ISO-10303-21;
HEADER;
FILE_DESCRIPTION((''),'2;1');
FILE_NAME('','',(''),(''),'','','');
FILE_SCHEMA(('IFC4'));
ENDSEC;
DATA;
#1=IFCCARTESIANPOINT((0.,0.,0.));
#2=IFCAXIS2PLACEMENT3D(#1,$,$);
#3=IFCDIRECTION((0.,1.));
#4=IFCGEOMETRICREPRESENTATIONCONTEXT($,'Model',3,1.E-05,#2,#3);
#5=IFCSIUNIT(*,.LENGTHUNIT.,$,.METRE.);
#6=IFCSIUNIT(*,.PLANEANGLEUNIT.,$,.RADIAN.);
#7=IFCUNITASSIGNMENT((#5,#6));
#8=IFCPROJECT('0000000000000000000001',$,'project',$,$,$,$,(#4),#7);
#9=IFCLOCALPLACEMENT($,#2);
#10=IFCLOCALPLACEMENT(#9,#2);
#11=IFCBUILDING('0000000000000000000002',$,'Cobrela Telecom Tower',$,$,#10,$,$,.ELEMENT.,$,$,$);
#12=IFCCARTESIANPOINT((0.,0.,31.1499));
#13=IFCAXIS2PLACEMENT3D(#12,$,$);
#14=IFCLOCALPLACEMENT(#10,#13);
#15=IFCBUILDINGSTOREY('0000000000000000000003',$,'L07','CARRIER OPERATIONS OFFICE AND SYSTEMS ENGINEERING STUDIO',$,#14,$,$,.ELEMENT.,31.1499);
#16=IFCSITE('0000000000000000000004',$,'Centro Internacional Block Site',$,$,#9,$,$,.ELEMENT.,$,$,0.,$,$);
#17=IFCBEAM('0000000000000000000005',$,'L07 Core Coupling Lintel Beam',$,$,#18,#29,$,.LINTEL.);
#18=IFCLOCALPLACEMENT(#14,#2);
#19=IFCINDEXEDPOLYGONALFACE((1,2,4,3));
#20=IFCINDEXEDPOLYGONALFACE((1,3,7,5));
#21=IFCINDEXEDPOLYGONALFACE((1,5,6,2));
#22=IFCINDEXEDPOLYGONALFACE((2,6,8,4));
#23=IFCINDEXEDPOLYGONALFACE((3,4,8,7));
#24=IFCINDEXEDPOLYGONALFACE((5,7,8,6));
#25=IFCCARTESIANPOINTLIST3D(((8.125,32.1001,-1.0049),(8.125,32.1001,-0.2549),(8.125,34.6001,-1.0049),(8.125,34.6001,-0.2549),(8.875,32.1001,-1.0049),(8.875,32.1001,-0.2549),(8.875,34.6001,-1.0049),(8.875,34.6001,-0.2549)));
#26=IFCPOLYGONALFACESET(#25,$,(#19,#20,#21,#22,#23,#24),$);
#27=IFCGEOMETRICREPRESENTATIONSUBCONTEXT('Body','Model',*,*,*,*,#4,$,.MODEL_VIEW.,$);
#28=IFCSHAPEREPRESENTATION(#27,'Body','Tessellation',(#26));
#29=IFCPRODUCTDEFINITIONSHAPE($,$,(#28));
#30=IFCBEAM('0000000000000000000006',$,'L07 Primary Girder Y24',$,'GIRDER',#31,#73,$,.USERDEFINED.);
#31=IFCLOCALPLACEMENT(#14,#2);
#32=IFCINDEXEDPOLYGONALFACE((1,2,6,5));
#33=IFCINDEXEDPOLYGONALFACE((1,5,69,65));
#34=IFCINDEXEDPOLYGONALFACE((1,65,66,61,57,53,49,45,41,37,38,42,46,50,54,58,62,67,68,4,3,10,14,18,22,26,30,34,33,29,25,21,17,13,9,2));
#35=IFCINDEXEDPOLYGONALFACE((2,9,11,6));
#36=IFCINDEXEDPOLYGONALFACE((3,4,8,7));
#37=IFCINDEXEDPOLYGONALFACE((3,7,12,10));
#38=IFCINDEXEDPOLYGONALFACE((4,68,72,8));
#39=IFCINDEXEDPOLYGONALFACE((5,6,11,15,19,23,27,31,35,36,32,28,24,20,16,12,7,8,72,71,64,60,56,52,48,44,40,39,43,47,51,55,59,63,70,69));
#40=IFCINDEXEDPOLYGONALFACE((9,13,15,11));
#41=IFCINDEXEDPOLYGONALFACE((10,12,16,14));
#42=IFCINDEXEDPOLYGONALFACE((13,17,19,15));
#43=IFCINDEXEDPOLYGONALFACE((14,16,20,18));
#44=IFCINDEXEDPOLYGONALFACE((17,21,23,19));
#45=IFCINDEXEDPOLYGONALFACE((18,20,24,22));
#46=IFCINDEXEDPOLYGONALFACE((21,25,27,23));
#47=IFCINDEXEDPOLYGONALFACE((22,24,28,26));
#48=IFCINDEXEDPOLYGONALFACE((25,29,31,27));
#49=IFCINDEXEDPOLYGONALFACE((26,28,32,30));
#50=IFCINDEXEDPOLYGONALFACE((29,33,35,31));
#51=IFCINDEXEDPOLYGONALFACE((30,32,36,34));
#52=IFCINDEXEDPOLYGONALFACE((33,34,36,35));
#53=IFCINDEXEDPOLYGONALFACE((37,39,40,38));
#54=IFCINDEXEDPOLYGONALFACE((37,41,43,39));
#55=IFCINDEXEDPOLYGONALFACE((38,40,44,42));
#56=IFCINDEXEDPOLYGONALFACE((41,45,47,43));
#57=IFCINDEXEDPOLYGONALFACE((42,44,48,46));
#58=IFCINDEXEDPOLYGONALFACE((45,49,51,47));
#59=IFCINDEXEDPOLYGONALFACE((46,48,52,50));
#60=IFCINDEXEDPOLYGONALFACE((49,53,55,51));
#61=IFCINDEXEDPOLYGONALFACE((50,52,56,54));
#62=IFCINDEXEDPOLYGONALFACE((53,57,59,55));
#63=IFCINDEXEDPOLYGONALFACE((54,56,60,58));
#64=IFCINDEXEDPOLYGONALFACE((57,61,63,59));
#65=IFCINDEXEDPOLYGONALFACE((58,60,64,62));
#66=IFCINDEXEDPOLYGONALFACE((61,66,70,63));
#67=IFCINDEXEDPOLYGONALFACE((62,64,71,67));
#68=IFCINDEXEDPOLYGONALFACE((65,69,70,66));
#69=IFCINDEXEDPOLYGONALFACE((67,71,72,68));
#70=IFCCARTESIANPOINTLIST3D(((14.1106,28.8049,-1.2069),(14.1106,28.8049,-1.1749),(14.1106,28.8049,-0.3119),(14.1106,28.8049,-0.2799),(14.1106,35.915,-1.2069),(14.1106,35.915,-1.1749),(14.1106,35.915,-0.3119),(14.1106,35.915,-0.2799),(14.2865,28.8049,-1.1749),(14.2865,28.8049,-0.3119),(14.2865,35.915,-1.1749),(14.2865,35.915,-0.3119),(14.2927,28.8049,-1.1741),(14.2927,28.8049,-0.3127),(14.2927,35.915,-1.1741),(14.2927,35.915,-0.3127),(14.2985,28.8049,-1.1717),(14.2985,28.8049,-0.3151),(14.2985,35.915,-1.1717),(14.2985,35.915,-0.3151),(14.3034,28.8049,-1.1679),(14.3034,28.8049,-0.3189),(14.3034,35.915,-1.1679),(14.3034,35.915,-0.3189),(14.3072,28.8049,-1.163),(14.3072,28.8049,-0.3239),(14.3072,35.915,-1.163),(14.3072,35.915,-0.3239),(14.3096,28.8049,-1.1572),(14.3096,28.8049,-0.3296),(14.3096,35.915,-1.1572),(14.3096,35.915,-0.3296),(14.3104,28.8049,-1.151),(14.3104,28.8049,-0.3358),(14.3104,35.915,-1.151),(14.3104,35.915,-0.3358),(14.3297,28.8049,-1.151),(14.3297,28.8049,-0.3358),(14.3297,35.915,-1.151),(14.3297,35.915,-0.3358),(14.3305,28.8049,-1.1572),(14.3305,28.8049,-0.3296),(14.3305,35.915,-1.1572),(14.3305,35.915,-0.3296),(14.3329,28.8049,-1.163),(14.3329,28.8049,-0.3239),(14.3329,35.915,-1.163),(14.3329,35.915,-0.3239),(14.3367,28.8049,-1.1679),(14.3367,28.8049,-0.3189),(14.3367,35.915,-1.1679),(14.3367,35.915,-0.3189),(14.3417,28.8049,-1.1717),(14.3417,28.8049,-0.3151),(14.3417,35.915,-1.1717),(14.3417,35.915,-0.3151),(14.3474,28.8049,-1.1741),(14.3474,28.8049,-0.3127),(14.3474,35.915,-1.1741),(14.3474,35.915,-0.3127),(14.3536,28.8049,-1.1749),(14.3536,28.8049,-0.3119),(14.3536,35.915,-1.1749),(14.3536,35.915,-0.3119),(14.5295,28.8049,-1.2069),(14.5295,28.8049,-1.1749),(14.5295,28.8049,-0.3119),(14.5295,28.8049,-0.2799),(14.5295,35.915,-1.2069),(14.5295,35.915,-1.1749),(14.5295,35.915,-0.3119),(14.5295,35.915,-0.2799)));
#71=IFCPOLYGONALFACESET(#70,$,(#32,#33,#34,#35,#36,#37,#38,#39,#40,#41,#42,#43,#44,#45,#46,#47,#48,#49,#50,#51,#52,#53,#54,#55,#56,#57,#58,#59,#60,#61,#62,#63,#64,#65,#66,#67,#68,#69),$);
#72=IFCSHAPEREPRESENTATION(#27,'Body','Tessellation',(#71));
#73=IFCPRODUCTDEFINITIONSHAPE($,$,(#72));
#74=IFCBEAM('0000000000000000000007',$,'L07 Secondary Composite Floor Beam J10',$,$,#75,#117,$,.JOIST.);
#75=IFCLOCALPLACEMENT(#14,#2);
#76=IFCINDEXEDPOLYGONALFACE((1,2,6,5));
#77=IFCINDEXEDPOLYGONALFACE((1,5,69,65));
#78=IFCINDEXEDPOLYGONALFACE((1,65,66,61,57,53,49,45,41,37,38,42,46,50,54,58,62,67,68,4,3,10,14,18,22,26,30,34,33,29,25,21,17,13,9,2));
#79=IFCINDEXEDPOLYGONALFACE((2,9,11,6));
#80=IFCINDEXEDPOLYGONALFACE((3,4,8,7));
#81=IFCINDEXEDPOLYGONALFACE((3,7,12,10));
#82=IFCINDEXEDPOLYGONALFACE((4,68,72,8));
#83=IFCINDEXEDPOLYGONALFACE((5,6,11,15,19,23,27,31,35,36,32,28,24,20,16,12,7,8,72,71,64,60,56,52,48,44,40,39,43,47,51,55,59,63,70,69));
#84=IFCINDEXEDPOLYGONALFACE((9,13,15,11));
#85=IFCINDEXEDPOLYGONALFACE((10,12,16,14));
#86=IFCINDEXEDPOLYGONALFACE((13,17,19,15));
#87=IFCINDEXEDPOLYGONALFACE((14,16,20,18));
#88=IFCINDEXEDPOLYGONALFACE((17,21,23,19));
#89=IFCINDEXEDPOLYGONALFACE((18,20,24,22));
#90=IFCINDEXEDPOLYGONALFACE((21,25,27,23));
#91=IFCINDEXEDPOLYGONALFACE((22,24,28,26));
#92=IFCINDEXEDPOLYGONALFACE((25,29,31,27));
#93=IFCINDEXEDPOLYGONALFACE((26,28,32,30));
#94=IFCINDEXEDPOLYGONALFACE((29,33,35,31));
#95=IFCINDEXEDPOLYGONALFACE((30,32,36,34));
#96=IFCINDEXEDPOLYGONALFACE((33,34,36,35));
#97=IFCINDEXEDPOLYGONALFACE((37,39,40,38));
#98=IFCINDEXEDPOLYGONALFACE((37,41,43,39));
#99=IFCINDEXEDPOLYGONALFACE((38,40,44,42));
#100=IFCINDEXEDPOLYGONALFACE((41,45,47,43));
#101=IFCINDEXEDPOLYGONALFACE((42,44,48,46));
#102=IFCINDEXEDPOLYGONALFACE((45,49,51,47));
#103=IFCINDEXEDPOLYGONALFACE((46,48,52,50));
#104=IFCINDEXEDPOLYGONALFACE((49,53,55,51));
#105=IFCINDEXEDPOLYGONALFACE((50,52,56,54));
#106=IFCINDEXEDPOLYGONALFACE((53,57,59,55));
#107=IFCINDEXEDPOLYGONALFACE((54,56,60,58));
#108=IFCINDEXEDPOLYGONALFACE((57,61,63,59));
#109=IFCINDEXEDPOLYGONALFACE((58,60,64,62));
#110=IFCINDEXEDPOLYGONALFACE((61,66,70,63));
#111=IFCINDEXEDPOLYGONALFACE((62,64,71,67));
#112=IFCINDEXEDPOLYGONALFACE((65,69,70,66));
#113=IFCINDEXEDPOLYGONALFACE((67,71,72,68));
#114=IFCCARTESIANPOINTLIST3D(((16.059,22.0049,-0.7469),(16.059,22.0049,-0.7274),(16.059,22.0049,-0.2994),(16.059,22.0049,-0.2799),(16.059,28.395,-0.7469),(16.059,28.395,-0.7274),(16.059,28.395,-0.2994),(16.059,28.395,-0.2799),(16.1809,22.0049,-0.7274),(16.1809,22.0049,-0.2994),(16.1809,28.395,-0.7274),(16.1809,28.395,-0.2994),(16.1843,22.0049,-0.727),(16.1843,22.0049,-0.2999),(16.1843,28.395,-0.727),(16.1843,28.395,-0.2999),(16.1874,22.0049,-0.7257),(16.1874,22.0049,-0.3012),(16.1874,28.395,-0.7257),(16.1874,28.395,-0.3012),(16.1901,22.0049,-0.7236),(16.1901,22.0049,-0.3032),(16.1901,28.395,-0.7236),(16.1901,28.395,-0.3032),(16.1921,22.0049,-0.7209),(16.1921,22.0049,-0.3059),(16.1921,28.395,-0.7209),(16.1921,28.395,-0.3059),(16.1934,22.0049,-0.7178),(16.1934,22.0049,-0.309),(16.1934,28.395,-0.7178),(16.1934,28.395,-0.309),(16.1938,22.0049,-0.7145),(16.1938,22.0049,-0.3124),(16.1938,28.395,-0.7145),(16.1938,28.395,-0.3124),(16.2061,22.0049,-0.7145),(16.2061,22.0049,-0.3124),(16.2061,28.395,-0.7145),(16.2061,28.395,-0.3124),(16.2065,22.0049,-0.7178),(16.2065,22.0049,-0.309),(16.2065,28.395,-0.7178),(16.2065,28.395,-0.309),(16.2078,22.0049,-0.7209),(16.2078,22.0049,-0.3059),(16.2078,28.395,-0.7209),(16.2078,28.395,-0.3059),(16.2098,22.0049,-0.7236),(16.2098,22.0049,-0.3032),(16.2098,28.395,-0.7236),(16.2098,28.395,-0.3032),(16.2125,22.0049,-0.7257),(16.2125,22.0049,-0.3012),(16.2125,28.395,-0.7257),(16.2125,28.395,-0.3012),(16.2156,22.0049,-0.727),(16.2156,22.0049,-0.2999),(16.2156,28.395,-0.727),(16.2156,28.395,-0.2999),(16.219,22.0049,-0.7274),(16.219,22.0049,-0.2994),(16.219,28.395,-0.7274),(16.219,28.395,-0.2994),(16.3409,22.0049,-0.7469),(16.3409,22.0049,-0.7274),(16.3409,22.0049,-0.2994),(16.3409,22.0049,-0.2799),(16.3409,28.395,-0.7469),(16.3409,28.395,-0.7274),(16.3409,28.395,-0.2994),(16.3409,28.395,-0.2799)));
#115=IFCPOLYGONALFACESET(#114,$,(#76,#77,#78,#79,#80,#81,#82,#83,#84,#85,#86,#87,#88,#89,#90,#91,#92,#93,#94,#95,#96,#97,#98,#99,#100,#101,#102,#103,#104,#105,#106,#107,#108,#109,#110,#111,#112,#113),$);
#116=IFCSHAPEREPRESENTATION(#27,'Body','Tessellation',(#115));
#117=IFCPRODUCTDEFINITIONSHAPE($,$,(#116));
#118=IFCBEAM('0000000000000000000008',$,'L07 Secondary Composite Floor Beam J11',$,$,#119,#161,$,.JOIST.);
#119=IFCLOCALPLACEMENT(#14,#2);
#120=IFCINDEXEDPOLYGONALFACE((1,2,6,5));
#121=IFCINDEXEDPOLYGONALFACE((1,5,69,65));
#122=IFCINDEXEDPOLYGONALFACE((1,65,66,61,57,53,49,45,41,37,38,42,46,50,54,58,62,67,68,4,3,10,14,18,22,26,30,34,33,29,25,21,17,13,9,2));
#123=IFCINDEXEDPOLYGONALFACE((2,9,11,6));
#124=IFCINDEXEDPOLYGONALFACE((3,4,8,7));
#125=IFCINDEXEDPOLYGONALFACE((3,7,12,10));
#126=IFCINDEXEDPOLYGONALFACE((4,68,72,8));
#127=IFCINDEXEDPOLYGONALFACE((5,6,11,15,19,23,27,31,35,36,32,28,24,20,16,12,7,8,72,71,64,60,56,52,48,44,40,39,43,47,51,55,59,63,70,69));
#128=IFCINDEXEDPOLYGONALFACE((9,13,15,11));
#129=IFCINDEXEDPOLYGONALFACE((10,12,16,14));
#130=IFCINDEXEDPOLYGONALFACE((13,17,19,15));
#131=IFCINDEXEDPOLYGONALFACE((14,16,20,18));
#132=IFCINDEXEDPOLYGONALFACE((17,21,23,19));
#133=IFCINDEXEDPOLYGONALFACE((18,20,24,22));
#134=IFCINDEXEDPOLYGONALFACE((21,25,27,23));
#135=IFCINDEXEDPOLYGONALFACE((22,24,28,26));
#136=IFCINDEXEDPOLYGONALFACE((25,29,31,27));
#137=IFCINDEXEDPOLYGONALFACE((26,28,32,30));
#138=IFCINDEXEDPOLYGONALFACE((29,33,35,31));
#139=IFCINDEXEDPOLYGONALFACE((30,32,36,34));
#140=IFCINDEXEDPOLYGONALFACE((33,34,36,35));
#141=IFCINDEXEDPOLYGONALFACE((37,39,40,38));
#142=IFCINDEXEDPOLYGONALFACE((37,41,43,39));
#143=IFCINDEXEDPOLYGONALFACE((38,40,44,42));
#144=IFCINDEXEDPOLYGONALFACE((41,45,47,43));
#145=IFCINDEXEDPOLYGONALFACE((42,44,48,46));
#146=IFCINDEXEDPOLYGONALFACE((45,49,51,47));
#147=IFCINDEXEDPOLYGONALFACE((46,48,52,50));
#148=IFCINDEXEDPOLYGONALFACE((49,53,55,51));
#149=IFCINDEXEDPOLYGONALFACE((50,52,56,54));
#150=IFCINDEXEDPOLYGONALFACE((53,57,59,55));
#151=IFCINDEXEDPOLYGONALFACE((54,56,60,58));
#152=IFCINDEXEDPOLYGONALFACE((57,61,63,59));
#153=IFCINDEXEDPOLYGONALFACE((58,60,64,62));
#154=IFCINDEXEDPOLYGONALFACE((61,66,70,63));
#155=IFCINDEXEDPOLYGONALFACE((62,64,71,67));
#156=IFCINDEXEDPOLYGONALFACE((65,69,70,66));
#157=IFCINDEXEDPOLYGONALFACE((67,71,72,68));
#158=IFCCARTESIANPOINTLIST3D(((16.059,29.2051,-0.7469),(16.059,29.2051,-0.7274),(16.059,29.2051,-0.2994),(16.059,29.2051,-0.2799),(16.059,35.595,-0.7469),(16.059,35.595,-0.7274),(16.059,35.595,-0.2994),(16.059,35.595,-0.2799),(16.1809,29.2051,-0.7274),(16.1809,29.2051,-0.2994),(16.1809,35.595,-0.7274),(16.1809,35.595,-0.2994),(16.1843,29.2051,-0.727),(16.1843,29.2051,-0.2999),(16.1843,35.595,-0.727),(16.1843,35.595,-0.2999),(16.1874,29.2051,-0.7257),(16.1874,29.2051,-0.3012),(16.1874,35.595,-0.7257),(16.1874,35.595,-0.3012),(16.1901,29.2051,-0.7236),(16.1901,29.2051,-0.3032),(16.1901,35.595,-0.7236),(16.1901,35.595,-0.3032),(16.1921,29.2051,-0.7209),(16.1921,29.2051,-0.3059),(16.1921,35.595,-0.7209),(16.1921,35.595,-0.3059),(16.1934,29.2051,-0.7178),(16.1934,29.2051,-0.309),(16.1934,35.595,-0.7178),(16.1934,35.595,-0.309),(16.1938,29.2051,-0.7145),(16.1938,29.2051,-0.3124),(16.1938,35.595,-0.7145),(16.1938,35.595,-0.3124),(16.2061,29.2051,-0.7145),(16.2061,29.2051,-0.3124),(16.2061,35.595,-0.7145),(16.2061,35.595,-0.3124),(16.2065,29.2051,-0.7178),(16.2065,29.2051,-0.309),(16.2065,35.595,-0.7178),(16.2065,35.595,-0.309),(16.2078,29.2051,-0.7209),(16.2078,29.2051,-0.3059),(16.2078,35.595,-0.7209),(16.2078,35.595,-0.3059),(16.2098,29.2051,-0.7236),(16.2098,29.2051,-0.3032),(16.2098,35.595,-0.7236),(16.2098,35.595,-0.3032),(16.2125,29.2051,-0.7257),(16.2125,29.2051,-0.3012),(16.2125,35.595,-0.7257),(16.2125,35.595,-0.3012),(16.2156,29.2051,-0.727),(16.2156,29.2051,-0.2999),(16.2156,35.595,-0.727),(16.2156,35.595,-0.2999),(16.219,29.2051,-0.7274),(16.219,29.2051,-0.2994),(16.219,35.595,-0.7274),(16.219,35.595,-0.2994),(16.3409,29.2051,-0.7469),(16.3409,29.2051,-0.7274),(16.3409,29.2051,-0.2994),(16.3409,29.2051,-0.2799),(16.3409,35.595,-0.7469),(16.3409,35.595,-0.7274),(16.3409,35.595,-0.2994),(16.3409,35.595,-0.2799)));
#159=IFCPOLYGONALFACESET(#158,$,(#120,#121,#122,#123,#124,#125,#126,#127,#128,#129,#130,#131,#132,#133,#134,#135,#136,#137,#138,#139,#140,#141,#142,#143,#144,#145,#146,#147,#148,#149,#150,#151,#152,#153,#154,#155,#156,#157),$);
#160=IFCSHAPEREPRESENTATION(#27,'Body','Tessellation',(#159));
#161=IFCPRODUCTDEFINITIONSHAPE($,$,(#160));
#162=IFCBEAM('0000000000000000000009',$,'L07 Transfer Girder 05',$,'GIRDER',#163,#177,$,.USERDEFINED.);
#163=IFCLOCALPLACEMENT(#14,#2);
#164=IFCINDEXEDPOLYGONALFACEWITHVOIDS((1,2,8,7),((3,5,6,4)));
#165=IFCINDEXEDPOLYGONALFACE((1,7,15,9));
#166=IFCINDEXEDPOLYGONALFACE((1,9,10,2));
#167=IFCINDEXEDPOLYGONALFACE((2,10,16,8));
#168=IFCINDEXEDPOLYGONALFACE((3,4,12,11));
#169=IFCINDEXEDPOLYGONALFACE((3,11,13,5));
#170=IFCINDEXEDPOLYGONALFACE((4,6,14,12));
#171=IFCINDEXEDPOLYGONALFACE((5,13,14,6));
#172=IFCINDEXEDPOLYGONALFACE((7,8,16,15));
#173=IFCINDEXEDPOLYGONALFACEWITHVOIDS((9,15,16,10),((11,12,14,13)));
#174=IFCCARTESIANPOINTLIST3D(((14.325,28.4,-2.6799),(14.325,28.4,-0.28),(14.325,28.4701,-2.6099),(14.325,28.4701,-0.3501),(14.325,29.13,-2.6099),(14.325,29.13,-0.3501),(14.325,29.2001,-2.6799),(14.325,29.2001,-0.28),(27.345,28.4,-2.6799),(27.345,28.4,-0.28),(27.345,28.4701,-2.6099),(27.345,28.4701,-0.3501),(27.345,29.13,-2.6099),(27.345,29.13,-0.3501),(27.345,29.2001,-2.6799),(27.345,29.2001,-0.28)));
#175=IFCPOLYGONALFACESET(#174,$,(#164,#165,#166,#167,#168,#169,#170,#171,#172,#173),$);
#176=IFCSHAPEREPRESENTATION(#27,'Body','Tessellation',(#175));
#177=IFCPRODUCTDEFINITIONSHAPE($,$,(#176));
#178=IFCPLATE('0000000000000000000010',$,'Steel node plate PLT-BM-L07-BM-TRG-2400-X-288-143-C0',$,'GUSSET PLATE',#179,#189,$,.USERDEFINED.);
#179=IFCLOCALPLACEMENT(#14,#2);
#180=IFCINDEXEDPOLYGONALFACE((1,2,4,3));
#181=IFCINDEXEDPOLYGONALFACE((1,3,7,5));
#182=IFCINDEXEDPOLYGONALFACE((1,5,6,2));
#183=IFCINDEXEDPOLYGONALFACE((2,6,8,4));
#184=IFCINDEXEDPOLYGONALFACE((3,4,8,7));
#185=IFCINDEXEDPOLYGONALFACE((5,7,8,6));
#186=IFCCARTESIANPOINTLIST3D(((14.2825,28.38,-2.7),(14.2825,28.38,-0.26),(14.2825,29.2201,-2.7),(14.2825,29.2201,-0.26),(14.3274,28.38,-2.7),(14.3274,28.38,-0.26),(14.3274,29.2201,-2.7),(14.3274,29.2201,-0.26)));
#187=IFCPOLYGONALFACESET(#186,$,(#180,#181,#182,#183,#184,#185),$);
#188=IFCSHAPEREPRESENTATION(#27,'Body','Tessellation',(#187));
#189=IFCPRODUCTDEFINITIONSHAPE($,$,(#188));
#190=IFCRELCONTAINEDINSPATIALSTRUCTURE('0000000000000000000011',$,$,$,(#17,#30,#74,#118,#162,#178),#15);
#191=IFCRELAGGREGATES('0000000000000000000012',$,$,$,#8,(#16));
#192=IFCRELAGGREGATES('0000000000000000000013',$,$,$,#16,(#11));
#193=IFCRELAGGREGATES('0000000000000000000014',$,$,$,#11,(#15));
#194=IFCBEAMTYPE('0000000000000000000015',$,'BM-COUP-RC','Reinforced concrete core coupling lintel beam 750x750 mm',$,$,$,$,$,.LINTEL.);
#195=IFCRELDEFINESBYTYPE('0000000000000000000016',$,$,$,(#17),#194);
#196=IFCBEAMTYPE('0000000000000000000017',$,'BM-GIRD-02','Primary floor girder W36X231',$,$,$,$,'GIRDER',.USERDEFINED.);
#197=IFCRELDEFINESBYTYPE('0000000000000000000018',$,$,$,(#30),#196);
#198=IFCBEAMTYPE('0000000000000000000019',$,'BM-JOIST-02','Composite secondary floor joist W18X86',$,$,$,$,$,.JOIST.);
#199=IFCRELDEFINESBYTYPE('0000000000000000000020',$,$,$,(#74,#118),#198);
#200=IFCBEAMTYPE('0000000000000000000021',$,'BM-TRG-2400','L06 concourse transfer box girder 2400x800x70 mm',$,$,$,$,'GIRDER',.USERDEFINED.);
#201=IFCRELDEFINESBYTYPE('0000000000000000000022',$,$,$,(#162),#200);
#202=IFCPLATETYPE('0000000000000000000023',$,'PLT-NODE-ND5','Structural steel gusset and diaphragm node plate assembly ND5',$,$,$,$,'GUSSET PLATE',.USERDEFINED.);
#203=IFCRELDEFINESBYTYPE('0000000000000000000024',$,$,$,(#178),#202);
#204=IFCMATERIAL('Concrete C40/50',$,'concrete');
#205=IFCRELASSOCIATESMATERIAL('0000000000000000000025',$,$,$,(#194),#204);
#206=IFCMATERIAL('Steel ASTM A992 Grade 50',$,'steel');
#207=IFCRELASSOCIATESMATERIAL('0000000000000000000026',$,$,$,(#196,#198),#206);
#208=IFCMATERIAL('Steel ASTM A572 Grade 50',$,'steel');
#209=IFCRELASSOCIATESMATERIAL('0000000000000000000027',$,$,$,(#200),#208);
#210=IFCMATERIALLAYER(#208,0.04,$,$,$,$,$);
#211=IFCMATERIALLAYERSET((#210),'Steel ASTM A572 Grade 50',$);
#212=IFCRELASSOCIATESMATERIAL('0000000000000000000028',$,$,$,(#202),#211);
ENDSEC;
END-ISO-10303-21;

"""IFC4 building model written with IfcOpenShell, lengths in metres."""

from ifc_helpers import new_model, si_unit, direction, frame, origin, origin_2d, place, context, subcontext, project, spatial, rectangle, hollow_rectangle, i_section, extrude, material, layer, layer_set, material_profile, profile_set, type_object, element, save


model = new_model("IFC4")

# Units and contexts
model_context = context("Model", 3, precision=1e-05, world=origin(), true_north=direction((0.0, 1.0)))
body_context = subcontext(model_context, "Body", "Model", "MODEL_VIEW")
ifc_project = project(units=[si_unit("LENGTHUNIT", "METRE"), si_unit("PLANEANGLEUNIT", "RADIAN")], contexts=[model_context])

# Site, building, storey
site_placement = place(None, origin())
site = spatial("IfcSite", under=ifc_project, at=site_placement, Name="Centro Internacional Block Site", CompositionType="ELEMENT", RefElevation=0.0)
building_placement = place(site_placement, origin())
building = spatial("IfcBuilding", under=site, at=building_placement, Name="Cobrela Telecom Tower", CompositionType="ELEMENT")
storey_placement = place(building_placement, frame((0.0, 0.0, 31.1499)))
storey = spatial("IfcBuildingStorey", under=building, at=storey_placement, Name="L07", Description="CARRIER OPERATIONS OFFICE AND SYSTEMS ENGINEERING STUDIO", CompositionType="ELEMENT", Elevation=31.1499)

# Beams
ifc_material_1 = material(Name="Concrete C40/50", Category="concrete")
ifc_material_profile_1 = material_profile(ifc_material_1, rectangle(XDim=0.75, YDim=0.75, at=origin_2d()), Name="RC 750x750")
ifc_profile_set_1 = profile_set([ifc_material_profile_1], Name="Concrete C40/50")
beam_type_1 = type_object("IfcBeamType", Name="BM-COUP-RC", Description="Reinforced concrete core coupling lintel beam 750x750 mm", PredefinedType="LINTEL", material=ifc_profile_set_1)
beam_1_placement = place(storey_placement, frame((8.5, 32.1001, -0.6299), z_axis=(0.0, 1.0, 0.0), x_axis=(-1.0, 0.0, 0.0)))
element("IfcBeam", 1, at=beam_1_placement, inside=storey, type_object=beam_type_1, Name="L07 Core Coupling Lintel Beam", PredefinedType="LINTEL", context=body_context, shape_type="SweptSolid", body=[
    extrude(rectangle(XDim=0.75, YDim=0.75, at=origin_2d()), origin(), (0.0, 0.0, 1.0), 2.5),
])
ifc_material_2 = material(Name="Steel ASTM A992 Grade 50", Category="steel")
ifc_material_profile_2 = material_profile(ifc_material_2, i_section(OverallWidth=0.4189, OverallDepth=0.927, WebThickness=0.0193, FlangeThickness=0.032, FilletRadius=0.0239, at=origin_2d()), Name="W36X231")
ifc_profile_set_2 = profile_set([ifc_material_profile_2], Name="Steel ASTM A992 Grade 50")
beam_type_2 = type_object("IfcBeamType", Name="BM-GIRD-02", Description="Primary floor girder W36X231", ElementType="GIRDER", PredefinedType="USERDEFINED", material=ifc_profile_set_2)
beam_2_placement = place(storey_placement, frame((14.3201, 28.8049, -0.7434), z_axis=(0.0, 1.0, 0.0), x_axis=(-1.0, 0.0, 0.0)))
element("IfcBeam", 2, at=beam_2_placement, inside=storey, type_object=beam_type_2, Name="L07 Primary Girder Y24", ObjectType="GIRDER", PredefinedType="USERDEFINED", context=body_context, shape_type="SweptSolid", body=[
    extrude(i_section(OverallWidth=0.4189, OverallDepth=0.927, WebThickness=0.0193, FlangeThickness=0.032, FilletRadius=0.0239, at=origin_2d()), origin(), (0.0, 0.0, 1.0), 7.1101),
])
ifc_material_profile_3 = material_profile(ifc_material_2, i_section(OverallWidth=0.282, OverallDepth=0.467, WebThickness=0.0122, FlangeThickness=0.0195, FilletRadius=0.0129, at=origin_2d()), Name="W18X86")
ifc_profile_set_3 = profile_set([ifc_material_profile_3], Name="Steel ASTM A992 Grade 50")
beam_type_3 = type_object("IfcBeamType", Name="BM-JOIST-02", Description="Composite secondary floor joist W18X86", PredefinedType="JOIST", material=ifc_profile_set_3)
beam_3_placement = place(storey_placement, frame((16.2, 22.0049, -0.5134), z_axis=(0.0, 1.0, 0.0), x_axis=(-1.0, 0.0, 0.0)))
element("IfcBeam", 3, at=beam_3_placement, inside=storey, type_object=beam_type_3, Name="L07 Secondary Composite Floor Beam J10", PredefinedType="JOIST", context=body_context, shape_type="SweptSolid", body=[
    extrude(i_section(OverallWidth=0.282, OverallDepth=0.467, WebThickness=0.0122, FlangeThickness=0.0195, FilletRadius=0.0129, at=origin_2d()), origin(), (0.0, 0.0, 1.0), 6.3901),
])
beam_4_placement = place(storey_placement, frame((16.2, 29.2051, -0.5134), z_axis=(0.0, 1.0, 0.0), x_axis=(-1.0, 0.0, 0.0)))
element("IfcBeam", 4, at=beam_4_placement, inside=storey, type_object=beam_type_3, Name="L07 Secondary Composite Floor Beam J11", PredefinedType="JOIST", context=body_context, shape_type="SweptSolid", body=[
    extrude(i_section(OverallWidth=0.282, OverallDepth=0.467, WebThickness=0.0122, FlangeThickness=0.0195, FilletRadius=0.0129, at=origin_2d()), origin(), (0.0, 0.0, 1.0), 6.3899),
])
ifc_material_3 = material(Name="Steel ASTM A572 Grade 50", Category="steel")
ifc_material_profile_4 = material_profile(ifc_material_3, hollow_rectangle(XDim=0.8, YDim=2.3999, WallThickness=0.0701, at=origin_2d()), Name="BOX 2400x800x70")
ifc_profile_set_4 = profile_set([ifc_material_profile_4], Name="Steel ASTM A572 Grade 50")
beam_type_4 = type_object("IfcBeamType", Name="BM-TRG-2400", Description="L06 concourse transfer box girder 2400x800x70 mm", ElementType="GIRDER", PredefinedType="USERDEFINED", material=ifc_profile_set_4)
beam_5_placement = place(storey_placement, frame((14.325, 28.8, -1.48), z_axis=(1.0, 0.0, 0.0), x_axis=(0.0, 1.0, 0.0)))
element("IfcBeam", 5, at=beam_5_placement, inside=storey, type_object=beam_type_4, Name="L07 Transfer Girder 05", ObjectType="GIRDER", PredefinedType="USERDEFINED", context=body_context, shape_type="SweptSolid", body=[
    extrude(hollow_rectangle(XDim=0.8, YDim=2.3999, WallThickness=0.0701, at=origin_2d()), origin(), (0.0, 0.0, 1.0), 13.02),
])

# Plate
ifc_layer_1 = layer(ifc_material_3, 0.04)
ifc_layer_set_1 = layer_set([ifc_layer_1], Name="Steel ASTM A572 Grade 50")
plate_type = type_object("IfcPlateType", Name="PLT-NODE-ND5", Description="Structural steel gusset and diaphragm node plate assembly ND5", ElementType="GUSSET PLATE", PredefinedType="USERDEFINED", material=ifc_layer_set_1)
plate_placement = place(storey_placement, frame((14.3049, 28.8, -2.7), z_axis=(0.0, 0.0, 1.0), x_axis=(1.0, 0.0, 0.0)))
element("IfcPlate", 6, at=plate_placement, inside=storey, type_object=plate_type, Name="Steel node plate PLT-BM-L07-BM-TRG-2400-X-288-143-C0", ObjectType="GUSSET PLATE", PredefinedType="USERDEFINED", context=body_context, shape_type="SweptSolid", body=[
    extrude(rectangle(XDim=0.0449, YDim=0.8401, at=origin_2d()), origin(), (0.0, 0.0, 1.0), 2.4399),
])

save(model, "model.ifc")
